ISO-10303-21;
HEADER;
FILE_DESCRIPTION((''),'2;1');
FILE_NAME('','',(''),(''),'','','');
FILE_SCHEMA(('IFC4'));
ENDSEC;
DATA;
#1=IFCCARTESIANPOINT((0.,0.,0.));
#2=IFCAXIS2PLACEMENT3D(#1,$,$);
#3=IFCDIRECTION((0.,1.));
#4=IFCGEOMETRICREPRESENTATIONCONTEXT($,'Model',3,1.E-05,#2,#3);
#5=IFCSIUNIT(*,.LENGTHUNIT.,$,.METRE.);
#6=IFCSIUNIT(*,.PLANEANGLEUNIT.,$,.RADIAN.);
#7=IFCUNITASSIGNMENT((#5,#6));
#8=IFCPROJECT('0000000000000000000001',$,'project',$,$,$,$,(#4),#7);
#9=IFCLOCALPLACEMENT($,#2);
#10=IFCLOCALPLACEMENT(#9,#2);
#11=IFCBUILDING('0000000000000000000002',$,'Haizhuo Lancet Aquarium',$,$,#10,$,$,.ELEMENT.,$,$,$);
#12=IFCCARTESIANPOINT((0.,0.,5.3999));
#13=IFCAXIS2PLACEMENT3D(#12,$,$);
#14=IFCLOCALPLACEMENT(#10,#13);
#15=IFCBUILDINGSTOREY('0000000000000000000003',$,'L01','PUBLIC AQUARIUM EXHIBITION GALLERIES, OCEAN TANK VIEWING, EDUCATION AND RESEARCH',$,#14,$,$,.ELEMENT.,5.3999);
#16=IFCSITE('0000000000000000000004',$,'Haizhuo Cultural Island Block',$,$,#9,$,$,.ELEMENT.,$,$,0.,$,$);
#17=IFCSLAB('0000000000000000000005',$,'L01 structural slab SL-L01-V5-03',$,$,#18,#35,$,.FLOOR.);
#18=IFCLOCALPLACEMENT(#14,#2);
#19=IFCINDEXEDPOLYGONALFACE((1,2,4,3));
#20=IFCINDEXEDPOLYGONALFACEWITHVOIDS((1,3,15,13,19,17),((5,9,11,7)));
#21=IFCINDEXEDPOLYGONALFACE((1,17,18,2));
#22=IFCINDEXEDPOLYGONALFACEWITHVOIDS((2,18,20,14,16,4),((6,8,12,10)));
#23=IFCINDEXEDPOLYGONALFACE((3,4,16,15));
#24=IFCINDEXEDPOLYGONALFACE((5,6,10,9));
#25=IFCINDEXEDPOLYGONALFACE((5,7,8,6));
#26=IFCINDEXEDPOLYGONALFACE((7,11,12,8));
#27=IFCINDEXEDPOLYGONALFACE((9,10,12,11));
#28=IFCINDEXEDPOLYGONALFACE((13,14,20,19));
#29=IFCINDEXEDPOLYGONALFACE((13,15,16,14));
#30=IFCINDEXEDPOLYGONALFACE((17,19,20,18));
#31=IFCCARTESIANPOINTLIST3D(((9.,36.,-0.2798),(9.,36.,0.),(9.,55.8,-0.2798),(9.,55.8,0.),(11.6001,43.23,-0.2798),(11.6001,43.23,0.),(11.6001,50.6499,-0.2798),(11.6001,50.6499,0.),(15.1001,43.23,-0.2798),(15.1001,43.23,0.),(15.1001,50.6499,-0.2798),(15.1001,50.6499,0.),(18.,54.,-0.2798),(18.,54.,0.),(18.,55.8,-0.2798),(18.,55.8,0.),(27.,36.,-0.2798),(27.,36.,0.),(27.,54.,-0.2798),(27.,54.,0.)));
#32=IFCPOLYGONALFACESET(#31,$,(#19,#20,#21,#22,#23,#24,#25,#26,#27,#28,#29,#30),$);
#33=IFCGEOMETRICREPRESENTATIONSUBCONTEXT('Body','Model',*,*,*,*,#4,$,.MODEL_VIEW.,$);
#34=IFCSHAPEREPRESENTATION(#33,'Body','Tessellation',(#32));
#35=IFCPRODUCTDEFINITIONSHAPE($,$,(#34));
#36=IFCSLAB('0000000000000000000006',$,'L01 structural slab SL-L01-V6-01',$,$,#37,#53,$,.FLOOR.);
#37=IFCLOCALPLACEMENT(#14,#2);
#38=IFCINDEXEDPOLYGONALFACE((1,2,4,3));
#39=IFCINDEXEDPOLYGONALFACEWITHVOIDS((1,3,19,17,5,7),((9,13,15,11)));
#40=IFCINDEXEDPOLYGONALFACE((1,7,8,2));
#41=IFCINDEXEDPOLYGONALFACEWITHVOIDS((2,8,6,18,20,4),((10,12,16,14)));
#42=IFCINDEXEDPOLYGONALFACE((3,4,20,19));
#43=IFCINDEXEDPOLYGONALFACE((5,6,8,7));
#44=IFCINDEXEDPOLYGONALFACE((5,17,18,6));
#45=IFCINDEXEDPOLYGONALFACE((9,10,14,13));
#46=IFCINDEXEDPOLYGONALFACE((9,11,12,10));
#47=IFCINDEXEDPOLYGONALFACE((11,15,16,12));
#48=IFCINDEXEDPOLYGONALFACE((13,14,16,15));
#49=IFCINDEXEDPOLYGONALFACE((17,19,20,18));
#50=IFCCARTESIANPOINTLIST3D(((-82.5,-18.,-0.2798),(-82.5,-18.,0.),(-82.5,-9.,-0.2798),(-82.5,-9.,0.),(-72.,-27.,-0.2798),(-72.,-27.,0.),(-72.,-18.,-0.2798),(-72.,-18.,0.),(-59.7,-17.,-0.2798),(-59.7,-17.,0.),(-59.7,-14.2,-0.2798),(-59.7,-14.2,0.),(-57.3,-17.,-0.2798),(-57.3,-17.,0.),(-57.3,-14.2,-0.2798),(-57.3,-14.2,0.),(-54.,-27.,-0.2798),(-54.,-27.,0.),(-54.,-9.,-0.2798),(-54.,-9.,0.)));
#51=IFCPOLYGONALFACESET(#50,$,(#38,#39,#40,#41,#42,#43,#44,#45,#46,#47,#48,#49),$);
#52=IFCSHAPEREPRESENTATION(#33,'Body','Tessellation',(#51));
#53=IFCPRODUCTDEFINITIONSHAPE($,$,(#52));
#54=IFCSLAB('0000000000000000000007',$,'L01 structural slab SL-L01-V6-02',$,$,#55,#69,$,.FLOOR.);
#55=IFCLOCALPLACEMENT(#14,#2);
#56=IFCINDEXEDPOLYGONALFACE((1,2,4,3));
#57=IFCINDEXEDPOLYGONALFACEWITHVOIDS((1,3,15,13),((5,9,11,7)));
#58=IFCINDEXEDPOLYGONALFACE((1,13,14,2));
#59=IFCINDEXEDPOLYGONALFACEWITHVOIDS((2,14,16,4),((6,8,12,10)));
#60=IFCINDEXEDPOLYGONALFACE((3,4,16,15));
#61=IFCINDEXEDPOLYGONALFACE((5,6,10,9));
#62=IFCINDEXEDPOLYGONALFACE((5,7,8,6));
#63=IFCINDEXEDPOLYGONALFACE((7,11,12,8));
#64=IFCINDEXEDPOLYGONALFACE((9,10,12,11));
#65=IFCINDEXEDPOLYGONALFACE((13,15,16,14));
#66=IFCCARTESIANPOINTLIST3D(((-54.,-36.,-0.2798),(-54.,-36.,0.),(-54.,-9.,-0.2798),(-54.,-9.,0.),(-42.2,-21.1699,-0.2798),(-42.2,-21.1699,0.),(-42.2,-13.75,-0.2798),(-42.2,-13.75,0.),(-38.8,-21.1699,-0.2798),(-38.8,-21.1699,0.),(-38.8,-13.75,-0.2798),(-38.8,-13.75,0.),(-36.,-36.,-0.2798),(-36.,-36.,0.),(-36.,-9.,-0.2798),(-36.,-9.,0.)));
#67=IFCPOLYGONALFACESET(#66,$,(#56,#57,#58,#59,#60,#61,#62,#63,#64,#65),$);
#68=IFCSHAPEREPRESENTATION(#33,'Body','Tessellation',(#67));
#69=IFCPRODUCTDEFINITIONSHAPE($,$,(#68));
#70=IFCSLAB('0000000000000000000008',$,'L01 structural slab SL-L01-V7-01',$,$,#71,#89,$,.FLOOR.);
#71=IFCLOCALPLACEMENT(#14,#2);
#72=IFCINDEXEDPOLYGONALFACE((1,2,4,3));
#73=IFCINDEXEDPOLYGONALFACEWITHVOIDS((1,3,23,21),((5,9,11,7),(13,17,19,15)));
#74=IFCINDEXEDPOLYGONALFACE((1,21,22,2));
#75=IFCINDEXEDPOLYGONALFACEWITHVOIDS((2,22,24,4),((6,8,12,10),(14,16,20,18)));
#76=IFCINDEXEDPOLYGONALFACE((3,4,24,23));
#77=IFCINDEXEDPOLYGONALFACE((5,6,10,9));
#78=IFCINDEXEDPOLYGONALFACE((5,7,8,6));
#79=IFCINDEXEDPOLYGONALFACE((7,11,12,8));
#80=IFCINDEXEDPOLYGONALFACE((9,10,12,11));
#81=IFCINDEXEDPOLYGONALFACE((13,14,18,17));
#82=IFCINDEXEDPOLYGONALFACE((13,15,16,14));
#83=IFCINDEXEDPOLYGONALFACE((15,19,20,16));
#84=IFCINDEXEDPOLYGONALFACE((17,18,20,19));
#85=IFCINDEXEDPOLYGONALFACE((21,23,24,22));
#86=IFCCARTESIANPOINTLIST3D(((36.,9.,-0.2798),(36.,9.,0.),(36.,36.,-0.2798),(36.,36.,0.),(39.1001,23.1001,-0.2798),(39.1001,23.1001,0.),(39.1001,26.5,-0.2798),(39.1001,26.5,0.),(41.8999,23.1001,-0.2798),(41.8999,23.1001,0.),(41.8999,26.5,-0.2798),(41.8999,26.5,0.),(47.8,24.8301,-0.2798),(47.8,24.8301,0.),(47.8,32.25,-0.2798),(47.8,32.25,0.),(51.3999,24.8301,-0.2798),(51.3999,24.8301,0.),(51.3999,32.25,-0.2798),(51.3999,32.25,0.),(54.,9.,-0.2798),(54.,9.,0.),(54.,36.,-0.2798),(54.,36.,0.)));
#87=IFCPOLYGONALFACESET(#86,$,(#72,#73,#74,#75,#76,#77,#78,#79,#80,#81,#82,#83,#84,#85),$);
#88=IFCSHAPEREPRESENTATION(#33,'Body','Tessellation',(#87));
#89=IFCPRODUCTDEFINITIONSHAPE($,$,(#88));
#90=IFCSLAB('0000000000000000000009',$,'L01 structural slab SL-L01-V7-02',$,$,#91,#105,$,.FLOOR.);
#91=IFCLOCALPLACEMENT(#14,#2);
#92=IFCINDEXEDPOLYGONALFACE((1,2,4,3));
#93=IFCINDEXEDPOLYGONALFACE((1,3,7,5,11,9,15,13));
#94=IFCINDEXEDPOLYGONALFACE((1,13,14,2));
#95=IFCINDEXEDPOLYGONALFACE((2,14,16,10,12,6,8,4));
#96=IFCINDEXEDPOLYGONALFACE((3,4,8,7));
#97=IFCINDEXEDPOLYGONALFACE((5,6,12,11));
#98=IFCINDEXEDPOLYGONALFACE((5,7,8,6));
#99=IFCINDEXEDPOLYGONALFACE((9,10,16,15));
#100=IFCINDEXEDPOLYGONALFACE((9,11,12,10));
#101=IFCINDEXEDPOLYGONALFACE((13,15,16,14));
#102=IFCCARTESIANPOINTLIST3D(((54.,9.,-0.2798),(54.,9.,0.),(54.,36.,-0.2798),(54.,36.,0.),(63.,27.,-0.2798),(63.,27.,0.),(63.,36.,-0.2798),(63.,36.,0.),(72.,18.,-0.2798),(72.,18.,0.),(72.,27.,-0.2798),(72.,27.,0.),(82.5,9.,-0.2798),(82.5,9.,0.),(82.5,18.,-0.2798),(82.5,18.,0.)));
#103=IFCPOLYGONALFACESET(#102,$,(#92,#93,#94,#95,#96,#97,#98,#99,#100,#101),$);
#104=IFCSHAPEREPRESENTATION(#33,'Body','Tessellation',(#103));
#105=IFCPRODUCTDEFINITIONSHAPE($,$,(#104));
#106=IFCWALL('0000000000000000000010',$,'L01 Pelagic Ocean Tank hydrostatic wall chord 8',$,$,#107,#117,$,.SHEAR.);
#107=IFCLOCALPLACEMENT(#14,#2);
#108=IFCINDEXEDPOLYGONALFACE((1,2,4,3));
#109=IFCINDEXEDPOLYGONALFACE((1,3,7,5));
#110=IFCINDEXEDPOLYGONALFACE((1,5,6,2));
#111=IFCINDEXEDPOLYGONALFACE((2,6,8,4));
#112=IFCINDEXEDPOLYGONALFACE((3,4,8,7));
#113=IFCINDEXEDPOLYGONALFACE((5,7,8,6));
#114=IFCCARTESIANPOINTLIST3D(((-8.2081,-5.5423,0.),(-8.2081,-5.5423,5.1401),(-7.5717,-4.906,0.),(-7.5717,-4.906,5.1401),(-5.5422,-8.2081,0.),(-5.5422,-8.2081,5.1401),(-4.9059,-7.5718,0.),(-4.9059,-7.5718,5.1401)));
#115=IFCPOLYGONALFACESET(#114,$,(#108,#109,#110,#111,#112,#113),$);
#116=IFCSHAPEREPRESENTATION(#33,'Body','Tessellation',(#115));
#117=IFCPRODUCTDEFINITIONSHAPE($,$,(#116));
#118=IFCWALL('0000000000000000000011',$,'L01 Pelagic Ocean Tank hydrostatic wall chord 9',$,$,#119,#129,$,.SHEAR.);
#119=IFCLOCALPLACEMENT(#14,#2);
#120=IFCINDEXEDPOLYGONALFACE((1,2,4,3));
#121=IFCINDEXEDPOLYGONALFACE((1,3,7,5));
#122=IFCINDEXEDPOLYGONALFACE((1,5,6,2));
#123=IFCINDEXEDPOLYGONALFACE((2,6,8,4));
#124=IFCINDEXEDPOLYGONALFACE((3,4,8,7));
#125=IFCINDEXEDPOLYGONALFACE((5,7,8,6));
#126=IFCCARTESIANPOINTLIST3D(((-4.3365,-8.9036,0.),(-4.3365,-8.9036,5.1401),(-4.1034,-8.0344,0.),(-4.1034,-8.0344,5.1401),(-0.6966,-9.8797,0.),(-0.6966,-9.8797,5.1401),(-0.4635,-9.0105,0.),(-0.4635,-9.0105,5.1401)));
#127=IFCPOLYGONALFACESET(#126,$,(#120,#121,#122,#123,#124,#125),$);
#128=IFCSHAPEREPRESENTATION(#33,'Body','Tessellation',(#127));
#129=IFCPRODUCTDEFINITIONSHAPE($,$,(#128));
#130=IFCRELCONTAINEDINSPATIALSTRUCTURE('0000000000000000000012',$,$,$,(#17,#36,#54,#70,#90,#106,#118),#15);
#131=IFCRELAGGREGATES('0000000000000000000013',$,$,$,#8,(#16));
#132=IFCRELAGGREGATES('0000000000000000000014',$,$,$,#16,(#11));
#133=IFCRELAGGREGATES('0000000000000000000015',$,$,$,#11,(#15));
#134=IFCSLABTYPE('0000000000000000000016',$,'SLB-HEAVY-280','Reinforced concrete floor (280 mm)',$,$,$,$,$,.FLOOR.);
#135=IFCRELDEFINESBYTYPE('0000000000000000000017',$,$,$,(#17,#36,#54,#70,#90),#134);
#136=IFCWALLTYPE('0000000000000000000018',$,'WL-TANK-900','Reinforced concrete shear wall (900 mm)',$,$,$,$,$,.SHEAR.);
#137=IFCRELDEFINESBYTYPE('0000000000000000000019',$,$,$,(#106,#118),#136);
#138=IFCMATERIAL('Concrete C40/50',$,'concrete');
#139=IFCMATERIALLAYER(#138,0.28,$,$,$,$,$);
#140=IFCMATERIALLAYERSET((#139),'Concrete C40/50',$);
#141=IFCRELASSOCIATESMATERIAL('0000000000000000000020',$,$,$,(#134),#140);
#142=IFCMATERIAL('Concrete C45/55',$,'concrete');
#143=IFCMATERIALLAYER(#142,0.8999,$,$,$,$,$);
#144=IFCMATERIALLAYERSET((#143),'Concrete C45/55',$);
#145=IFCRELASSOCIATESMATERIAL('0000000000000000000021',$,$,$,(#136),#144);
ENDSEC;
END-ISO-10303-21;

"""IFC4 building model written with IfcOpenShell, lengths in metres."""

from ifc_helpers import new_model, si_unit, direction, frame, frame_2d, origin, place, context, subcontext, project, spatial, polyline, rectangle, outline, extrude, material, layer, layer_set, type_object, element, save


model = new_model("IFC4")

# Units and contexts
model_context = context("Model", 3, precision=1e-05, world=origin(), true_north=direction((0.0, 1.0)))
body_context = subcontext(model_context, "Body", "Model", "MODEL_VIEW")
ifc_project = project(units=[si_unit("LENGTHUNIT", "METRE"), si_unit("PLANEANGLEUNIT", "RADIAN")], contexts=[model_context])

# Site, building, storey
site_placement = place(None, origin())
site = spatial("IfcSite", under=ifc_project, at=site_placement, Name="Haizhuo Cultural Island Block", CompositionType="ELEMENT", RefElevation=0.0)
building_placement = place(site_placement, origin())
building = spatial("IfcBuilding", under=site, at=building_placement, Name="Haizhuo Lancet Aquarium", CompositionType="ELEMENT")
storey_placement = place(building_placement, frame((0.0, 0.0, 5.3999)))
storey = spatial("IfcBuildingStorey", under=building, at=storey_placement, Name="L01", Description="PUBLIC AQUARIUM EXHIBITION GALLERIES, OCEAN TANK VIEWING, EDUCATION AND RESEARCH", CompositionType="ELEMENT", Elevation=5.3999)

# Shared definitions
ifc_material_1 = material(Name="Concrete C40/50", Category="concrete")

# Slabs
ifc_layer_1 = layer(ifc_material_1, 0.28)
ifc_layer_set_1 = layer_set([ifc_layer_1], Name="Concrete C40/50")
slab_type_1 = type_object("IfcSlabType", Name="SLB-HEAVY-280", Description="Reinforced concrete floor (280 mm)", PredefinedType="FLOOR", material=ifc_layer_set_1)
slab_1_placement = place(storey_placement, frame((0.0, 0.0, -0.2798)))
element("IfcSlab", 1, at=slab_1_placement, inside=storey, type_object=slab_type_1, Name="L01 structural slab SL-L01-V5-03", PredefinedType="FLOOR", context=body_context, shape_type="SweptSolid", body=[
    extrude(outline(polyline([(18.0, 55.8), (9.0, 55.8), (9.0, 36.0), (27.0, 36.0), (27.0, 54.0), (18.0, 54.0), (18.0, 55.8)]), holes=[polyline([(11.6001, 43.23), (15.1001, 43.23), (15.1001, 50.6499), (11.6001, 50.6499), (11.6001, 43.23)])]), origin(), (0.0, 0.0, 1.0), 0.2798),
])
slab_2_placement = place(storey_placement, frame((0.0, 0.0, -0.2798)))
element("IfcSlab", 2, at=slab_2_placement, inside=storey, type_object=slab_type_1, Name="L01 structural slab SL-L01-V6-01", PredefinedType="FLOOR", context=body_context, shape_type="SweptSolid", body=[
    extrude(outline(polyline([(-82.5, -18.0), (-72.0, -18.0), (-72.0, -27.0), (-54.0, -27.0), (-54.0, -9.0), (-82.5, -9.0), (-82.5, -18.0)]), holes=[polyline([(-59.7, -14.2), (-59.7, -17.0), (-57.3, -17.0), (-57.3, -14.2), (-59.7, -14.2)])]), origin(), (0.0, 0.0, 1.0), 0.2798),
])
slab_3_placement = place(storey_placement, frame((0.0, 0.0, -0.2798)))
element("IfcSlab", 3, at=slab_3_placement, inside=storey, type_object=slab_type_1, Name="L01 structural slab SL-L01-V6-02", PredefinedType="FLOOR", context=body_context, shape_type="SweptSolid", body=[
    extrude(outline(polyline([(-54.0, -9.0), (-54.0, -36.0), (-36.0, -36.0), (-36.0, -9.0), (-54.0, -9.0)]), holes=[polyline([(-42.2, -13.75), (-42.2, -21.1699), (-38.8, -21.1699), (-38.8, -13.75), (-42.2, -13.75)])]), origin(), (0.0, 0.0, 1.0), 0.2798),
])
slab_4_placement = place(storey_placement, frame((0.0, 0.0, -0.2798)))
element("IfcSlab", 4, at=slab_4_placement, inside=storey, type_object=slab_type_1, Name="L01 structural slab SL-L01-V7-01", PredefinedType="FLOOR", context=body_context, shape_type="SweptSolid", body=[
    extrude(outline(polyline([(54.0, 9.0), (54.0, 36.0), (36.0, 36.0), (36.0, 9.0), (54.0, 9.0)]), holes=[polyline([(51.3999, 32.25), (47.8, 32.25), (47.8, 24.8301), (51.3999, 24.8301), (51.3999, 32.25)]), polyline([(41.8999, 26.5), (39.1001, 26.5), (39.1001, 23.1001), (41.8999, 23.1001), (41.8999, 26.5)])]), origin(), (0.0, 0.0, 1.0), 0.2798),
])
slab_5_placement = place(storey_placement, frame((0.0, 0.0, -0.2798)))
element("IfcSlab", 5, at=slab_5_placement, inside=storey, type_object=slab_type_1, Name="L01 structural slab SL-L01-V7-02", PredefinedType="FLOOR", context=body_context, shape_type="SweptSolid", body=[
    extrude(outline(polyline([(63.0, 36.0), (54.0, 36.0), (54.0, 9.0), (82.5, 9.0), (82.5, 18.0), (72.0, 18.0), (72.0, 27.0), (63.0, 27.0), (63.0, 36.0)])), origin(), (0.0, 0.0, 1.0), 0.2798),
])

# Walls
ifc_material_2 = material(Name="Concrete C45/55", Category="concrete")
ifc_layer_2 = layer(ifc_material_2, 0.8999)
ifc_layer_set_2 = layer_set([ifc_layer_2], Name="Concrete C45/55")
wall_type = type_object("IfcWallType", Name="WL-TANK-900", Description="Reinforced concrete shear wall (900 mm)", PredefinedType="SHEAR", material=ifc_layer_set_2)
wall_1_placement = place(storey_placement, frame((-7.8899, -5.2241, 0.0), z_axis=(0.0, 0.0, 1.0), x_axis=(0.707107, -0.707107, 0.0)))
element("IfcWall", 6, at=wall_1_placement, inside=storey, type_object=wall_type, Name="L01 Pelagic Ocean Tank hydrostatic wall chord 8", PredefinedType="SHEAR", context=body_context, shape_type="SweptSolid", body=[
    extrude(rectangle(XDim=3.77, YDim=0.8999, at=frame_2d((1.885, 0.0))), origin(), (0.0, 0.0, 1.0), 5.1401),
])
wall_2_placement = place(storey_placement, frame((-4.22, -8.469, 0.0), z_axis=(0.0, 0.0, 1.0), x_axis=(0.965875, -0.259009, 0.0)))
element("IfcWall", 7, at=wall_2_placement, inside=storey, type_object=wall_type, Name="L01 Pelagic Ocean Tank hydrostatic wall chord 9", PredefinedType="SHEAR", context=body_context, shape_type="SweptSolid", body=[
    extrude(rectangle(XDim=3.7686, YDim=0.8999, at=frame_2d((1.8843, 0.0))), origin(), (0.0, 0.0, 1.0), 5.1401),
])

save(model, "model.ifc")
